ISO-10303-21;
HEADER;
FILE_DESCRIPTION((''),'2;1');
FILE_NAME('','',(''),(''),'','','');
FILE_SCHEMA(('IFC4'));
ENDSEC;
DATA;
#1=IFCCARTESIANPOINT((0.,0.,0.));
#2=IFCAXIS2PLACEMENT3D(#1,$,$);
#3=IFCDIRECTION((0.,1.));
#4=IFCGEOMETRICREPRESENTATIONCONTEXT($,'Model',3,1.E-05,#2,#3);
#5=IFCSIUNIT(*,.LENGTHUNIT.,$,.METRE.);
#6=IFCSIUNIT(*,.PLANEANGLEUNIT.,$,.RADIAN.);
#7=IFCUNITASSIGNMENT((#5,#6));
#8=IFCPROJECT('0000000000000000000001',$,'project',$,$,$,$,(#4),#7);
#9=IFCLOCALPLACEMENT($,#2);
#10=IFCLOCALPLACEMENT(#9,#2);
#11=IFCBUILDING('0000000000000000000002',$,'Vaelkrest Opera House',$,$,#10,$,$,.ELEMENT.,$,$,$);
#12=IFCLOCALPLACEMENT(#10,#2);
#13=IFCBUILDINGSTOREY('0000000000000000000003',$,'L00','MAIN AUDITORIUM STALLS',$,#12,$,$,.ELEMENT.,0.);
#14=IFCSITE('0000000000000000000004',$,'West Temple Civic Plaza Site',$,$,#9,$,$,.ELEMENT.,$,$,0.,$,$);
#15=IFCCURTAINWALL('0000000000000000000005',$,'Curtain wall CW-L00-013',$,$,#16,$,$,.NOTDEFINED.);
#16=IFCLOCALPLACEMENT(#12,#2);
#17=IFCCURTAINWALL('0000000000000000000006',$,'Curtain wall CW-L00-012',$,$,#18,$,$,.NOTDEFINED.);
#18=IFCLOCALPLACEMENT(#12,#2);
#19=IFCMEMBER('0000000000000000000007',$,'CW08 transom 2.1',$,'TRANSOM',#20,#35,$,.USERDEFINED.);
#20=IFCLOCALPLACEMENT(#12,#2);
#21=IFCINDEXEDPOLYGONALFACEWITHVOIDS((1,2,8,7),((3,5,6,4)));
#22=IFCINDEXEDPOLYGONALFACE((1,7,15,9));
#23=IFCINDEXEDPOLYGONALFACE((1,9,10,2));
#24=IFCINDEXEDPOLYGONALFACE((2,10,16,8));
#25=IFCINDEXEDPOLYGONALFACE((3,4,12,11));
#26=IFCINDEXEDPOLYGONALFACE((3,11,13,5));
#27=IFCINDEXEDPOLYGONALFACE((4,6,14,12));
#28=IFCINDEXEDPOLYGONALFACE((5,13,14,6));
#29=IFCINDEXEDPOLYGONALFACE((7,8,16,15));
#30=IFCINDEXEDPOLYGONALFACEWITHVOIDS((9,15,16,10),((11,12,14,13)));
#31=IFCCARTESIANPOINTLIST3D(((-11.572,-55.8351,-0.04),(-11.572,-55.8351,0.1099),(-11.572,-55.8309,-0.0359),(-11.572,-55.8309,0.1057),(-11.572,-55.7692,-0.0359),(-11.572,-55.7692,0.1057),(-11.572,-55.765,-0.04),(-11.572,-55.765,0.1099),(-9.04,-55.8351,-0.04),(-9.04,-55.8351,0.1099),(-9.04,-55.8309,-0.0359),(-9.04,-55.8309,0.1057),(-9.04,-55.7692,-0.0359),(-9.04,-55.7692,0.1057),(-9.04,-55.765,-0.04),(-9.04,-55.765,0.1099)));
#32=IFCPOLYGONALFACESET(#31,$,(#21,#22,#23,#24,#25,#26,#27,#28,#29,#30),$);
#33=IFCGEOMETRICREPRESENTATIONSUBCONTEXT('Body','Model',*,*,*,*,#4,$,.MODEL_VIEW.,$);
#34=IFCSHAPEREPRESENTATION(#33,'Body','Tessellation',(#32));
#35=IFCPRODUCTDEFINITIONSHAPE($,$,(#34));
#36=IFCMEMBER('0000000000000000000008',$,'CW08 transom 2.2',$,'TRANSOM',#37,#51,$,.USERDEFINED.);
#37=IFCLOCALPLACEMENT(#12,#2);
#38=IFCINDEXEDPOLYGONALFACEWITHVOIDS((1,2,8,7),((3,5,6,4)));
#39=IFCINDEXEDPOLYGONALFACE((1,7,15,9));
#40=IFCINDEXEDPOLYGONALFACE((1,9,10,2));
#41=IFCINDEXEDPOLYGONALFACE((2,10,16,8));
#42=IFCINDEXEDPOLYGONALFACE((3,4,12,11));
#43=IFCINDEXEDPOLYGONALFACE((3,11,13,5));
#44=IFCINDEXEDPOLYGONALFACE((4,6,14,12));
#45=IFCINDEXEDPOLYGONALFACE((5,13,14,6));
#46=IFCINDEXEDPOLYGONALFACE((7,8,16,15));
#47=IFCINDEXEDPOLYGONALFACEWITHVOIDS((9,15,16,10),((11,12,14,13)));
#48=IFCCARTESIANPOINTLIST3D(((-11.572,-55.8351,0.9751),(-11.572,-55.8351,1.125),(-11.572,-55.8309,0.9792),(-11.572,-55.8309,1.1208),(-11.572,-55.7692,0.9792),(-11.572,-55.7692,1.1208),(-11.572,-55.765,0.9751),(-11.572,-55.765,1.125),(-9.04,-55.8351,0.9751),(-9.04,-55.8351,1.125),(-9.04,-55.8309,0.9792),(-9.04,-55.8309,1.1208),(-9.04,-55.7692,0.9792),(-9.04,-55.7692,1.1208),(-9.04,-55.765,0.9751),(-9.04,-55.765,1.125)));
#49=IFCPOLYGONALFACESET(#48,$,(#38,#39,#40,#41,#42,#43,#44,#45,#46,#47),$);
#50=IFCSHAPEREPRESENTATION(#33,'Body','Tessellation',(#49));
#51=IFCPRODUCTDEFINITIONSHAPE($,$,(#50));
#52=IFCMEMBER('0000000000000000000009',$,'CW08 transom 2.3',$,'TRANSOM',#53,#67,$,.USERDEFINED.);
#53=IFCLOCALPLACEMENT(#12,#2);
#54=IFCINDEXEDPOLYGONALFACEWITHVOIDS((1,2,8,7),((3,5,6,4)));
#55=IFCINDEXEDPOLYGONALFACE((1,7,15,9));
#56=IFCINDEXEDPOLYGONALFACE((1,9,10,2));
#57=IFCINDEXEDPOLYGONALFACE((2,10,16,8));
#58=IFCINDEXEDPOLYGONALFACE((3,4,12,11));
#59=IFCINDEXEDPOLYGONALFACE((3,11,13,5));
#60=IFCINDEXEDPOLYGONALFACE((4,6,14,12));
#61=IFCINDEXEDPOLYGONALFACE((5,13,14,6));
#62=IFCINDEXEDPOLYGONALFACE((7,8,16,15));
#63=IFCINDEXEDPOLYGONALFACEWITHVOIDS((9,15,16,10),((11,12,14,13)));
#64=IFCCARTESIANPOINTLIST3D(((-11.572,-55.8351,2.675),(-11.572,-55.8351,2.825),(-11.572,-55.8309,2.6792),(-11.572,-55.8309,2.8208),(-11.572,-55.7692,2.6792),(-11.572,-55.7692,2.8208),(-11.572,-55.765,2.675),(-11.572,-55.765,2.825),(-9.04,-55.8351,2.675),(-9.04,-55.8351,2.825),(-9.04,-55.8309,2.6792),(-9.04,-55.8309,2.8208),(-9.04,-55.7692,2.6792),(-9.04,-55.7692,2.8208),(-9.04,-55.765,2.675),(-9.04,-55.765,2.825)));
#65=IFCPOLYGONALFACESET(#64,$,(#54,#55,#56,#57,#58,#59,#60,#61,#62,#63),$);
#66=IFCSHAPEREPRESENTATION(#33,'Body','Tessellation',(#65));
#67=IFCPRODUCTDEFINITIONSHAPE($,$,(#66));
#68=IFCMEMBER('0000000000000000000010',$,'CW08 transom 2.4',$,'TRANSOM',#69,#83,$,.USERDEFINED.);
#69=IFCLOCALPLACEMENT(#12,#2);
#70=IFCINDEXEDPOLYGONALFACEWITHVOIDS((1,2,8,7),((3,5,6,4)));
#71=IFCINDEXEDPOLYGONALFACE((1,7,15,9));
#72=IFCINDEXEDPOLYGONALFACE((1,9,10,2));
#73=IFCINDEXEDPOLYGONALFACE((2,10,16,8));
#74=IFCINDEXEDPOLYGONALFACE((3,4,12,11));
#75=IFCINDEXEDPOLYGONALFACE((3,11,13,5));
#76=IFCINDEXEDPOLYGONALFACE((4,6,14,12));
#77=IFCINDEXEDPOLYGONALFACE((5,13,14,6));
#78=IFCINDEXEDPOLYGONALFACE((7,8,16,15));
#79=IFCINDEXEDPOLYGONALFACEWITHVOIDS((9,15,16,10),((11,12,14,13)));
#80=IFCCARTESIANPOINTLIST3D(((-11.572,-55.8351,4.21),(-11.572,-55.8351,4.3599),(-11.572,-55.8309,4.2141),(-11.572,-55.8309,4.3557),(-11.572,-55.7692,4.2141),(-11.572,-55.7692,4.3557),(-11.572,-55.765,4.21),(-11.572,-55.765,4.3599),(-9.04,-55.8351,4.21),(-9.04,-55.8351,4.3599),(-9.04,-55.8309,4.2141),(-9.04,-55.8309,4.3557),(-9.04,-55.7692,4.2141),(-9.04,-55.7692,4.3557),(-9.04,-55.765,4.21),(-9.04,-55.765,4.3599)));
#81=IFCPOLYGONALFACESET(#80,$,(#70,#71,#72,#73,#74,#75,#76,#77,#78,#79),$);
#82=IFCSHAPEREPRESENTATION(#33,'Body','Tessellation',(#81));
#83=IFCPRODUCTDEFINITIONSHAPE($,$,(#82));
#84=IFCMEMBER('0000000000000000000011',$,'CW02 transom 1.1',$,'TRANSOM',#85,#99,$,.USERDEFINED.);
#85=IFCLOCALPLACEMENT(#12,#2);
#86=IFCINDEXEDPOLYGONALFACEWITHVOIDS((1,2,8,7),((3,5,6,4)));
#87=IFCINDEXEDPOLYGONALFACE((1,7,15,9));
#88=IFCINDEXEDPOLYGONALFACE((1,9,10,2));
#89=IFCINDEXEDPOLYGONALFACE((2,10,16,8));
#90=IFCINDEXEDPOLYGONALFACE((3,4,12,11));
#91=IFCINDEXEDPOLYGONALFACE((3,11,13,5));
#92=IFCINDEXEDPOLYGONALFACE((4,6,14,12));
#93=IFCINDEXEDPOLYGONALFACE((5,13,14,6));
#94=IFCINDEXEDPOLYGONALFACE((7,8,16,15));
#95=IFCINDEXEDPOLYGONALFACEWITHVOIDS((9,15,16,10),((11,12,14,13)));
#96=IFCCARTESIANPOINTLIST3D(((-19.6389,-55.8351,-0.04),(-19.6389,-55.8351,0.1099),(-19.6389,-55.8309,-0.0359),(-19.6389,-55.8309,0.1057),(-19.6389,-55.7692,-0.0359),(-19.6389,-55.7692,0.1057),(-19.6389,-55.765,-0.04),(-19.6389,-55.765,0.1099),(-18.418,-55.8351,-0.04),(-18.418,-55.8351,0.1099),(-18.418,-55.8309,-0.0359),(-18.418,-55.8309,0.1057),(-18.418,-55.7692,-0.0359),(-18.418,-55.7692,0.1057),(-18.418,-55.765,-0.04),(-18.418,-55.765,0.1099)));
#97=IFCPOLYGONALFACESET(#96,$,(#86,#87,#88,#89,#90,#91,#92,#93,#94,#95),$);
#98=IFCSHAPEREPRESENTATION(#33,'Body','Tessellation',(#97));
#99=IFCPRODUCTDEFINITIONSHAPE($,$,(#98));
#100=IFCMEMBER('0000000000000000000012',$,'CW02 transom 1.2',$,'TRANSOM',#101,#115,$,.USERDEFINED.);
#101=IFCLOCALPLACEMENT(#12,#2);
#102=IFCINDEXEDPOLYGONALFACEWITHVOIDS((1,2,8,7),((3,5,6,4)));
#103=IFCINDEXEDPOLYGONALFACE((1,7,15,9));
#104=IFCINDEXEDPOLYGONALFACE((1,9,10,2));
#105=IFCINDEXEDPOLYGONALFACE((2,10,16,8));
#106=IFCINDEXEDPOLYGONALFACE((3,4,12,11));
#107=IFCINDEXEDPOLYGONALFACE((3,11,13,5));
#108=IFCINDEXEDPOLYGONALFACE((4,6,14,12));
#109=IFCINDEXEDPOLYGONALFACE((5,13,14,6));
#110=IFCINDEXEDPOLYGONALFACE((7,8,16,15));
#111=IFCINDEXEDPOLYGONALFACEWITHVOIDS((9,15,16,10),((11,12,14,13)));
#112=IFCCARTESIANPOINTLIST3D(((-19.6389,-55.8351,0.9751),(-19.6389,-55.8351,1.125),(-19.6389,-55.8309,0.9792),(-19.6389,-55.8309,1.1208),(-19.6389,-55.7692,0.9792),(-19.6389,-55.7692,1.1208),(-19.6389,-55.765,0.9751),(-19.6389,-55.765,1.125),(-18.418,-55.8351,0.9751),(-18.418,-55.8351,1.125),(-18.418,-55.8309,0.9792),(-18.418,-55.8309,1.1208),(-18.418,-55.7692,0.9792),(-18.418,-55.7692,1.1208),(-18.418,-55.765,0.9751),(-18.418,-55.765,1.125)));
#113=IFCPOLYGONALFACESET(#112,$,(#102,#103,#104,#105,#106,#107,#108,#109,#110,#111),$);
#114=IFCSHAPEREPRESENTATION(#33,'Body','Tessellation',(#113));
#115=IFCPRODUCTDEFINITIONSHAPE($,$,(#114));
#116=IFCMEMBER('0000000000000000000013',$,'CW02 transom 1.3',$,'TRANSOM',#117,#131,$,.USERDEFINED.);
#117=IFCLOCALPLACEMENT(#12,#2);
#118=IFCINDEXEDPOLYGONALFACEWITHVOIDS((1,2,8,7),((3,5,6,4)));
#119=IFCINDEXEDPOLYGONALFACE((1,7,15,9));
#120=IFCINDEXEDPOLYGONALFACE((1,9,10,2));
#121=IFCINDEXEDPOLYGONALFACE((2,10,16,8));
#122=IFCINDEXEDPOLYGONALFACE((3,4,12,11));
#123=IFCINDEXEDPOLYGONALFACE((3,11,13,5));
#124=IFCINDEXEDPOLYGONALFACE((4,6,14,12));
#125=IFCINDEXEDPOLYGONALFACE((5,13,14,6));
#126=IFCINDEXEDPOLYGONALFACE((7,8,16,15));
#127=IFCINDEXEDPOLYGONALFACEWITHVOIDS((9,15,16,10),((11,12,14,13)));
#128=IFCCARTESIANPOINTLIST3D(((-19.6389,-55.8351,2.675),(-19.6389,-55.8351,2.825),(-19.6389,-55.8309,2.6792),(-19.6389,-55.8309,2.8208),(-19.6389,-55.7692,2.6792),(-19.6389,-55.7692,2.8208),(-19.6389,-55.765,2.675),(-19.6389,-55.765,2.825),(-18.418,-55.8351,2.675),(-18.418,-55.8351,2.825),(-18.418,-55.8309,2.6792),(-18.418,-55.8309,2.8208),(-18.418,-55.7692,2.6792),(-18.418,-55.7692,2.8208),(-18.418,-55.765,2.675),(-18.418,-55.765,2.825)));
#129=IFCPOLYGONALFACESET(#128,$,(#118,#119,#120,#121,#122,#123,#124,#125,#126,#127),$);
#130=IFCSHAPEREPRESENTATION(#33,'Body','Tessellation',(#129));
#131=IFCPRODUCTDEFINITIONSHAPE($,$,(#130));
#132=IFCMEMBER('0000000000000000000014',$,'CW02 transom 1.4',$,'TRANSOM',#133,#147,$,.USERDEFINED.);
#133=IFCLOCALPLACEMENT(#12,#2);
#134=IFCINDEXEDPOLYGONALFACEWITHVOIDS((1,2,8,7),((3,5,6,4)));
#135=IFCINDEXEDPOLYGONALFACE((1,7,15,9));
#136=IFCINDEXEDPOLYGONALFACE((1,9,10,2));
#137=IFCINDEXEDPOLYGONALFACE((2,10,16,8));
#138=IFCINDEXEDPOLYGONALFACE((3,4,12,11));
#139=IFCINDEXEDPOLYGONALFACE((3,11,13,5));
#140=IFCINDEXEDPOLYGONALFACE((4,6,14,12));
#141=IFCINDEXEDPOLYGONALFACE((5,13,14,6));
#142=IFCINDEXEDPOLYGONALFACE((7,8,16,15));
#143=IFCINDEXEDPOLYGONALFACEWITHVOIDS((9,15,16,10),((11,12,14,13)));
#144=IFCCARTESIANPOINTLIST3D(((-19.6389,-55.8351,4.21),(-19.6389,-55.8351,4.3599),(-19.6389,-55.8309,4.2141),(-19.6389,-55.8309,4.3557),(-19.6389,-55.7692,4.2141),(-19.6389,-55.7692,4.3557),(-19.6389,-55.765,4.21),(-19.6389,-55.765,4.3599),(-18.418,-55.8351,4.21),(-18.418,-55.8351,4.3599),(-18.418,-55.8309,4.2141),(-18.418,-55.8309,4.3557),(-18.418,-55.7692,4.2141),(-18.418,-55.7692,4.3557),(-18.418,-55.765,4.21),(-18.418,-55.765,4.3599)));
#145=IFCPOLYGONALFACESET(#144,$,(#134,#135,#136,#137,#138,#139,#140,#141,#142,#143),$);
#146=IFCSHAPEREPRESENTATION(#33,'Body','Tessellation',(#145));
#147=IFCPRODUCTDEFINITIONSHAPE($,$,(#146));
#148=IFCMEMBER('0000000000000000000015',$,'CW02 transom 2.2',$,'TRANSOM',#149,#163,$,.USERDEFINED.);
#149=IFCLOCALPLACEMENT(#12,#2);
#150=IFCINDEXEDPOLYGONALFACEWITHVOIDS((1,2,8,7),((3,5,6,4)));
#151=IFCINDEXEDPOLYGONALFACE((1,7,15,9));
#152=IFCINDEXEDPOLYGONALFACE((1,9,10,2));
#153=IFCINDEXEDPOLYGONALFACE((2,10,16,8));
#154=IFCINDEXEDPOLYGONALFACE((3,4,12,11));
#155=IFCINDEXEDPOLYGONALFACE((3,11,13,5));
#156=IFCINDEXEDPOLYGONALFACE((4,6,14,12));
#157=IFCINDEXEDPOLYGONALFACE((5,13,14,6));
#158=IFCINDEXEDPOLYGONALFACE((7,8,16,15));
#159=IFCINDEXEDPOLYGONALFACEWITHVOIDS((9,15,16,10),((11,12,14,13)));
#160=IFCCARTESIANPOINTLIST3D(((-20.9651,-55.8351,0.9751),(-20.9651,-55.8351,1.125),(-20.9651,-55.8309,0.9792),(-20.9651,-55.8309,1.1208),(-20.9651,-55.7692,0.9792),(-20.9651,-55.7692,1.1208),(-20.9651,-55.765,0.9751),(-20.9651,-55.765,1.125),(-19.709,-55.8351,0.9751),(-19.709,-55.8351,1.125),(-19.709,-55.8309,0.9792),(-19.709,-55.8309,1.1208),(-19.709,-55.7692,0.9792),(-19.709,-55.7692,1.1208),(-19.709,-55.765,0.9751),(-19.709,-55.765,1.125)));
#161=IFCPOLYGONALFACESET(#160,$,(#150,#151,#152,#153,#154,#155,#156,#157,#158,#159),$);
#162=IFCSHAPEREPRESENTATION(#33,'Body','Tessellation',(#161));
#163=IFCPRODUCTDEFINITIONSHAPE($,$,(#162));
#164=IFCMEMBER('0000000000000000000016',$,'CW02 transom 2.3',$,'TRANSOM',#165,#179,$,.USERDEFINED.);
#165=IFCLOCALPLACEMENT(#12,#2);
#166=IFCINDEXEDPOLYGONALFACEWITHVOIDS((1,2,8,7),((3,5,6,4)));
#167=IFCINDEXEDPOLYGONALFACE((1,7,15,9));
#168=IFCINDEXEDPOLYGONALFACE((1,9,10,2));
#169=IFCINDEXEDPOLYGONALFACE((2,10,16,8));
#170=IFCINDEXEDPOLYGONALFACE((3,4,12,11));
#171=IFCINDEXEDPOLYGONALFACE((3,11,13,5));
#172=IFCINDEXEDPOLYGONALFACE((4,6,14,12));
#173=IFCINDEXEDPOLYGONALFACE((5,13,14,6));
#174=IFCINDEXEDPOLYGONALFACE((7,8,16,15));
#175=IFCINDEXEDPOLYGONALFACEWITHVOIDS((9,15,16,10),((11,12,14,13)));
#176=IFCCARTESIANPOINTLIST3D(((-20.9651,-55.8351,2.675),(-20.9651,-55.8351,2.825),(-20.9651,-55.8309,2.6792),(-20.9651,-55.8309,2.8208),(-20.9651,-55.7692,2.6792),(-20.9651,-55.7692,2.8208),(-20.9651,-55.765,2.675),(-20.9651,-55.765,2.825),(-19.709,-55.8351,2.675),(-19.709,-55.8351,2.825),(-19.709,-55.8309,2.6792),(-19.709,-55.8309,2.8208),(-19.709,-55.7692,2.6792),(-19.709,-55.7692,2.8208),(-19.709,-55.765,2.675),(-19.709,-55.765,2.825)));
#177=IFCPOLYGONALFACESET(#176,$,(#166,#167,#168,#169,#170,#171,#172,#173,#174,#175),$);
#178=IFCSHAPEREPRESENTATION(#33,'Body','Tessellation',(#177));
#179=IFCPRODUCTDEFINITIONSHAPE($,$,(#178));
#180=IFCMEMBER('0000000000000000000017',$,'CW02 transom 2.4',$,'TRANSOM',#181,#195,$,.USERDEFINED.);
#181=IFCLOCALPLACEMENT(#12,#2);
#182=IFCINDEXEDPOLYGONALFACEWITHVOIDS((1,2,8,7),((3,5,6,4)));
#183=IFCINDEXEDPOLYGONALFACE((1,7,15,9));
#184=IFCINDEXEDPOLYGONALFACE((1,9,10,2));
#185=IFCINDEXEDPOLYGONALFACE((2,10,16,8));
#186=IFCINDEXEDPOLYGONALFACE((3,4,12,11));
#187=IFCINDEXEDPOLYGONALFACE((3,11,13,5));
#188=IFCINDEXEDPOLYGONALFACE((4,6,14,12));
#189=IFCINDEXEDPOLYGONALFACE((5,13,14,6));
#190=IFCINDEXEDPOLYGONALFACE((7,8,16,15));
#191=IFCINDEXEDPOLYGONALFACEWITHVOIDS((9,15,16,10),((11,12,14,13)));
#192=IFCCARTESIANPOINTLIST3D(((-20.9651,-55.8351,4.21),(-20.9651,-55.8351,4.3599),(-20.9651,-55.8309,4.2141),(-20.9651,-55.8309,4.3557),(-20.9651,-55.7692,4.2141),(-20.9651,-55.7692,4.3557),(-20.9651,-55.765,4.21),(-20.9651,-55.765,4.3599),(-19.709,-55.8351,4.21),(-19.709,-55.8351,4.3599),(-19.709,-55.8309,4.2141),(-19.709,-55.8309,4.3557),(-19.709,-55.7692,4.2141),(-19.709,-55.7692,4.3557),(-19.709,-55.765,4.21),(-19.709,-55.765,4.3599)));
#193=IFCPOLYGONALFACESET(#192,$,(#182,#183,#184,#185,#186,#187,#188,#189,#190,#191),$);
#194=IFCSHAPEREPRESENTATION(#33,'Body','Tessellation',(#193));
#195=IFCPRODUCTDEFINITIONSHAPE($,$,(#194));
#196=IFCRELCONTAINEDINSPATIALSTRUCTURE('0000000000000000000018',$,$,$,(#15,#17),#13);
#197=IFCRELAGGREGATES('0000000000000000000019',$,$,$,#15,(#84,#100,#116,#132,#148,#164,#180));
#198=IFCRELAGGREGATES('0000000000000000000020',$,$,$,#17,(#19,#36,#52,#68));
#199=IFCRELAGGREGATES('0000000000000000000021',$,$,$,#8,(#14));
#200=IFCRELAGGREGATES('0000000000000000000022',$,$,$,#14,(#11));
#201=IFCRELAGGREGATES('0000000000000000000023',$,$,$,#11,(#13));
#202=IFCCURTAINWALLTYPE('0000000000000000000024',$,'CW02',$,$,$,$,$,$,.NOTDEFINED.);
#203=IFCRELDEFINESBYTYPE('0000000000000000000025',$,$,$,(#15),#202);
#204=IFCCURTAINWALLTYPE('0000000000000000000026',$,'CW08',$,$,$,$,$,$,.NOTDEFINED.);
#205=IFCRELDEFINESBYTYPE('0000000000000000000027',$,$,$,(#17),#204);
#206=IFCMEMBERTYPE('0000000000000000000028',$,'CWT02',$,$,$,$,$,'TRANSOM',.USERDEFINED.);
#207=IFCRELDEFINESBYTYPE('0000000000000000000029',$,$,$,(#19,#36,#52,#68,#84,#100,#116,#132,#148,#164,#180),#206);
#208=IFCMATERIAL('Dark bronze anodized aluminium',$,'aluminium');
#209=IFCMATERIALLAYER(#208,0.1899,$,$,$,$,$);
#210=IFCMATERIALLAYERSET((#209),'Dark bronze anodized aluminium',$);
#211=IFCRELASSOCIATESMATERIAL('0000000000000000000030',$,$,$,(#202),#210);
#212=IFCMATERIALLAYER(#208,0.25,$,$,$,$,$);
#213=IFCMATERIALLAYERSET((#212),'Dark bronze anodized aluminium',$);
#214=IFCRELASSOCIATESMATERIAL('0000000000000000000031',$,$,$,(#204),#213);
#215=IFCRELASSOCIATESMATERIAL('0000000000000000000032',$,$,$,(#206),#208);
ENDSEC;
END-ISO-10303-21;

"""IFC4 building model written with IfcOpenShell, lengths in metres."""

from ifc_helpers import new_model, si_unit, direction, frame, origin, origin_2d, place, context, subcontext, project, spatial, hollow_rectangle, extrude, material, layer, layer_set, material_profile, profile_set, type_object, element, aggregate, save


model = new_model("IFC4")

# Units and contexts
model_context = context("Model", 3, precision=1e-05, world=origin(), true_north=direction((0.0, 1.0)))
body_context = subcontext(model_context, "Body", "Model", "MODEL_VIEW")
ifc_project = project(units=[si_unit("LENGTHUNIT", "METRE"), si_unit("PLANEANGLEUNIT", "RADIAN")], contexts=[model_context])

# Site, building, storey
site_placement = place(None, origin())
site = spatial("IfcSite", under=ifc_project, at=site_placement, Name="West Temple Civic Plaza Site", CompositionType="ELEMENT", RefElevation=0.0)
building_placement = place(site_placement, origin())
building = spatial("IfcBuilding", under=site, at=building_placement, Name="Vaelkrest Opera House", CompositionType="ELEMENT")
storey_placement = place(building_placement, origin())
storey = spatial("IfcBuildingStorey", under=building, at=storey_placement, Name="L00", Description="MAIN AUDITORIUM STALLS", CompositionType="ELEMENT", Elevation=0.0)

# Curtain walls, members
ifc_material_1 = material(Name="Dark bronze anodized aluminium", Category="aluminium")
ifc_layer_1 = layer(ifc_material_1, 0.1899)
ifc_layer_set_1 = layer_set([ifc_layer_1], Name="Dark bronze anodized aluminium")
curtain_wall_type_1 = type_object("IfcCurtainWallType", Name="CW02", PredefinedType="NOTDEFINED", material=ifc_layer_set_1)
curtain_wall_1_placement = place(storey_placement, origin())
curtain_wall_1 = element("IfcCurtainWall", 1, at=curtain_wall_1_placement, inside=storey, type_object=curtain_wall_type_1, Name="Curtain wall CW-L00-013", PredefinedType="NOTDEFINED")
ifc_layer_2 = layer(ifc_material_1, 0.25)
ifc_layer_set_2 = layer_set([ifc_layer_2], Name="Dark bronze anodized aluminium")
curtain_wall_type_2 = type_object("IfcCurtainWallType", Name="CW08", PredefinedType="NOTDEFINED", material=ifc_layer_set_2)
curtain_wall_2_placement = place(storey_placement, origin())
curtain_wall_2 = element("IfcCurtainWall", 2, at=curtain_wall_2_placement, inside=storey, type_object=curtain_wall_type_2, Name="Curtain wall CW-L00-012", PredefinedType="NOTDEFINED")
ifc_material_profile_1 = material_profile(ifc_material_1, hollow_rectangle(XDim=0.0701, YDim=0.1499, WallThickness=0.0042, at=origin_2d()), Name="CWT70X150")
ifc_profile_set_1 = profile_set([ifc_material_profile_1], Name="Dark bronze anodized aluminium")
member_type_1 = type_object("IfcMemberType", Name="CWT02", ElementType="TRANSOM", PredefinedType="USERDEFINED", material=ifc_profile_set_1)
member_1_placement = place(storey_placement, frame((-9.04, -55.8, 0.0349), z_axis=(-1.0, 0.0, 0.0), x_axis=(0.0, -1.0, 0.0)))
member_1 = element("IfcMember", 3, at=member_1_placement, type_object=member_type_1, Name="CW08 transom 2.1", ObjectType="TRANSOM", PredefinedType="USERDEFINED", context=body_context, shape_type="SweptSolid", body=[
    extrude(hollow_rectangle(XDim=0.0701, YDim=0.1499, WallThickness=0.0042, at=origin_2d()), origin(), (0.0, 0.0, 1.0), 2.532),
])
member_2_placement = place(storey_placement, frame((-9.04, -55.8, 1.05), z_axis=(-1.0, 0.0, 0.0), x_axis=(0.0, -1.0, 0.0)))
member_2 = element("IfcMember", 4, at=member_2_placement, type_object=member_type_1, Name="CW08 transom 2.2", ObjectType="TRANSOM", PredefinedType="USERDEFINED", context=body_context, shape_type="SweptSolid", body=[
    extrude(hollow_rectangle(XDim=0.0701, YDim=0.1499, WallThickness=0.0042, at=origin_2d()), origin(), (0.0, 0.0, 1.0), 2.532),
])
member_3_placement = place(storey_placement, frame((-9.04, -55.8, 2.75), z_axis=(-1.0, 0.0, 0.0), x_axis=(0.0, -1.0, 0.0)))
member_3 = element("IfcMember", 5, at=member_3_placement, type_object=member_type_1, Name="CW08 transom 2.3", ObjectType="TRANSOM", PredefinedType="USERDEFINED", context=body_context, shape_type="SweptSolid", body=[
    extrude(hollow_rectangle(XDim=0.0701, YDim=0.1499, WallThickness=0.0042, at=origin_2d()), origin(), (0.0, 0.0, 1.0), 2.532),
])
member_4_placement = place(storey_placement, frame((-9.04, -55.8, 4.2849), z_axis=(-1.0, 0.0, 0.0), x_axis=(0.0, -1.0, 0.0)))
member_4 = element("IfcMember", 6, at=member_4_placement, type_object=member_type_1, Name="CW08 transom 2.4", ObjectType="TRANSOM", PredefinedType="USERDEFINED", context=body_context, shape_type="SweptSolid", body=[
    extrude(hollow_rectangle(XDim=0.0701, YDim=0.1499, WallThickness=0.0042, at=origin_2d()), origin(), (0.0, 0.0, 1.0), 2.532),
])

# Members
member_5_placement = place(storey_placement, frame((-18.418, -55.8, 0.0349), z_axis=(-1.0, 0.0, 0.0), x_axis=(0.0, -1.0, 0.0)))
member_5 = element("IfcMember", 7, at=member_5_placement, type_object=member_type_1, Name="CW02 transom 1.1", ObjectType="TRANSOM", PredefinedType="USERDEFINED", context=body_context, shape_type="SweptSolid", body=[
    extrude(hollow_rectangle(XDim=0.0701, YDim=0.1499, WallThickness=0.0042, at=origin_2d()), origin(), (0.0, 0.0, 1.0), 1.2209),
])
member_6_placement = place(storey_placement, frame((-18.418, -55.8, 1.05), z_axis=(-1.0, 0.0, 0.0), x_axis=(0.0, -1.0, 0.0)))
member_6 = element("IfcMember", 8, at=member_6_placement, type_object=member_type_1, Name="CW02 transom 1.2", ObjectType="TRANSOM", PredefinedType="USERDEFINED", context=body_context, shape_type="SweptSolid", body=[
    extrude(hollow_rectangle(XDim=0.0701, YDim=0.1499, WallThickness=0.0042, at=origin_2d()), origin(), (0.0, 0.0, 1.0), 1.2209),
])
member_7_placement = place(storey_placement, frame((-18.418, -55.8, 2.75), z_axis=(-1.0, 0.0, 0.0), x_axis=(0.0, -1.0, 0.0)))
member_7 = element("IfcMember", 9, at=member_7_placement, type_object=member_type_1, Name="CW02 transom 1.3", ObjectType="TRANSOM", PredefinedType="USERDEFINED", context=body_context, shape_type="SweptSolid", body=[
    extrude(hollow_rectangle(XDim=0.0701, YDim=0.1499, WallThickness=0.0042, at=origin_2d()), origin(), (0.0, 0.0, 1.0), 1.2209),
])
member_8_placement = place(storey_placement, frame((-18.418, -55.8, 4.2849), z_axis=(-1.0, 0.0, 0.0), x_axis=(0.0, -1.0, 0.0)))
member_8 = element("IfcMember", 10, at=member_8_placement, type_object=member_type_1, Name="CW02 transom 1.4", ObjectType="TRANSOM", PredefinedType="USERDEFINED", context=body_context, shape_type="SweptSolid", body=[
    extrude(hollow_rectangle(XDim=0.0701, YDim=0.1499, WallThickness=0.0042, at=origin_2d()), origin(), (0.0, 0.0, 1.0), 1.2209),
])
member_9_placement = place(storey_placement, frame((-19.709, -55.8, 1.05), z_axis=(-1.0, 0.0, 0.0), x_axis=(0.0, -1.0, 0.0)))
member_9 = element("IfcMember", 11, at=member_9_placement, type_object=member_type_1, Name="CW02 transom 2.2", ObjectType="TRANSOM", PredefinedType="USERDEFINED", context=body_context, shape_type="SweptSolid", body=[
    extrude(hollow_rectangle(XDim=0.0701, YDim=0.1499, WallThickness=0.0042, at=origin_2d()), origin(), (0.0, 0.0, 1.0), 1.2561),
])
member_10_placement = place(storey_placement, frame((-19.709, -55.8, 2.75), z_axis=(-1.0, 0.0, 0.0), x_axis=(0.0, -1.0, 0.0)))
member_10 = element("IfcMember", 12, at=member_10_placement, type_object=member_type_1, Name="CW02 transom 2.3", ObjectType="TRANSOM", PredefinedType="USERDEFINED", context=body_context, shape_type="SweptSolid", body=[
    extrude(hollow_rectangle(XDim=0.0701, YDim=0.1499, WallThickness=0.0042, at=origin_2d()), origin(), (0.0, 0.0, 1.0), 1.2561),
])
member_11_placement = place(storey_placement, frame((-19.709, -55.8, 4.2849), z_axis=(-1.0, 0.0, 0.0), x_axis=(0.0, -1.0, 0.0)))
member_11 = element("IfcMember", 13, at=member_11_placement, type_object=member_type_1, Name="CW02 transom 2.4", ObjectType="TRANSOM", PredefinedType="USERDEFINED", context=body_context, shape_type="SweptSolid", body=[
    extrude(hollow_rectangle(XDim=0.0701, YDim=0.1499, WallThickness=0.0042, at=origin_2d()), origin(), (0.0, 0.0, 1.0), 1.2561),
])

aggregate(curtain_wall_1, [member_5, member_6, member_7, member_8, member_9, member_10, member_11])
aggregate(curtain_wall_2, [member_1, member_2, member_3, member_4])

save(model, "model.ifc")
